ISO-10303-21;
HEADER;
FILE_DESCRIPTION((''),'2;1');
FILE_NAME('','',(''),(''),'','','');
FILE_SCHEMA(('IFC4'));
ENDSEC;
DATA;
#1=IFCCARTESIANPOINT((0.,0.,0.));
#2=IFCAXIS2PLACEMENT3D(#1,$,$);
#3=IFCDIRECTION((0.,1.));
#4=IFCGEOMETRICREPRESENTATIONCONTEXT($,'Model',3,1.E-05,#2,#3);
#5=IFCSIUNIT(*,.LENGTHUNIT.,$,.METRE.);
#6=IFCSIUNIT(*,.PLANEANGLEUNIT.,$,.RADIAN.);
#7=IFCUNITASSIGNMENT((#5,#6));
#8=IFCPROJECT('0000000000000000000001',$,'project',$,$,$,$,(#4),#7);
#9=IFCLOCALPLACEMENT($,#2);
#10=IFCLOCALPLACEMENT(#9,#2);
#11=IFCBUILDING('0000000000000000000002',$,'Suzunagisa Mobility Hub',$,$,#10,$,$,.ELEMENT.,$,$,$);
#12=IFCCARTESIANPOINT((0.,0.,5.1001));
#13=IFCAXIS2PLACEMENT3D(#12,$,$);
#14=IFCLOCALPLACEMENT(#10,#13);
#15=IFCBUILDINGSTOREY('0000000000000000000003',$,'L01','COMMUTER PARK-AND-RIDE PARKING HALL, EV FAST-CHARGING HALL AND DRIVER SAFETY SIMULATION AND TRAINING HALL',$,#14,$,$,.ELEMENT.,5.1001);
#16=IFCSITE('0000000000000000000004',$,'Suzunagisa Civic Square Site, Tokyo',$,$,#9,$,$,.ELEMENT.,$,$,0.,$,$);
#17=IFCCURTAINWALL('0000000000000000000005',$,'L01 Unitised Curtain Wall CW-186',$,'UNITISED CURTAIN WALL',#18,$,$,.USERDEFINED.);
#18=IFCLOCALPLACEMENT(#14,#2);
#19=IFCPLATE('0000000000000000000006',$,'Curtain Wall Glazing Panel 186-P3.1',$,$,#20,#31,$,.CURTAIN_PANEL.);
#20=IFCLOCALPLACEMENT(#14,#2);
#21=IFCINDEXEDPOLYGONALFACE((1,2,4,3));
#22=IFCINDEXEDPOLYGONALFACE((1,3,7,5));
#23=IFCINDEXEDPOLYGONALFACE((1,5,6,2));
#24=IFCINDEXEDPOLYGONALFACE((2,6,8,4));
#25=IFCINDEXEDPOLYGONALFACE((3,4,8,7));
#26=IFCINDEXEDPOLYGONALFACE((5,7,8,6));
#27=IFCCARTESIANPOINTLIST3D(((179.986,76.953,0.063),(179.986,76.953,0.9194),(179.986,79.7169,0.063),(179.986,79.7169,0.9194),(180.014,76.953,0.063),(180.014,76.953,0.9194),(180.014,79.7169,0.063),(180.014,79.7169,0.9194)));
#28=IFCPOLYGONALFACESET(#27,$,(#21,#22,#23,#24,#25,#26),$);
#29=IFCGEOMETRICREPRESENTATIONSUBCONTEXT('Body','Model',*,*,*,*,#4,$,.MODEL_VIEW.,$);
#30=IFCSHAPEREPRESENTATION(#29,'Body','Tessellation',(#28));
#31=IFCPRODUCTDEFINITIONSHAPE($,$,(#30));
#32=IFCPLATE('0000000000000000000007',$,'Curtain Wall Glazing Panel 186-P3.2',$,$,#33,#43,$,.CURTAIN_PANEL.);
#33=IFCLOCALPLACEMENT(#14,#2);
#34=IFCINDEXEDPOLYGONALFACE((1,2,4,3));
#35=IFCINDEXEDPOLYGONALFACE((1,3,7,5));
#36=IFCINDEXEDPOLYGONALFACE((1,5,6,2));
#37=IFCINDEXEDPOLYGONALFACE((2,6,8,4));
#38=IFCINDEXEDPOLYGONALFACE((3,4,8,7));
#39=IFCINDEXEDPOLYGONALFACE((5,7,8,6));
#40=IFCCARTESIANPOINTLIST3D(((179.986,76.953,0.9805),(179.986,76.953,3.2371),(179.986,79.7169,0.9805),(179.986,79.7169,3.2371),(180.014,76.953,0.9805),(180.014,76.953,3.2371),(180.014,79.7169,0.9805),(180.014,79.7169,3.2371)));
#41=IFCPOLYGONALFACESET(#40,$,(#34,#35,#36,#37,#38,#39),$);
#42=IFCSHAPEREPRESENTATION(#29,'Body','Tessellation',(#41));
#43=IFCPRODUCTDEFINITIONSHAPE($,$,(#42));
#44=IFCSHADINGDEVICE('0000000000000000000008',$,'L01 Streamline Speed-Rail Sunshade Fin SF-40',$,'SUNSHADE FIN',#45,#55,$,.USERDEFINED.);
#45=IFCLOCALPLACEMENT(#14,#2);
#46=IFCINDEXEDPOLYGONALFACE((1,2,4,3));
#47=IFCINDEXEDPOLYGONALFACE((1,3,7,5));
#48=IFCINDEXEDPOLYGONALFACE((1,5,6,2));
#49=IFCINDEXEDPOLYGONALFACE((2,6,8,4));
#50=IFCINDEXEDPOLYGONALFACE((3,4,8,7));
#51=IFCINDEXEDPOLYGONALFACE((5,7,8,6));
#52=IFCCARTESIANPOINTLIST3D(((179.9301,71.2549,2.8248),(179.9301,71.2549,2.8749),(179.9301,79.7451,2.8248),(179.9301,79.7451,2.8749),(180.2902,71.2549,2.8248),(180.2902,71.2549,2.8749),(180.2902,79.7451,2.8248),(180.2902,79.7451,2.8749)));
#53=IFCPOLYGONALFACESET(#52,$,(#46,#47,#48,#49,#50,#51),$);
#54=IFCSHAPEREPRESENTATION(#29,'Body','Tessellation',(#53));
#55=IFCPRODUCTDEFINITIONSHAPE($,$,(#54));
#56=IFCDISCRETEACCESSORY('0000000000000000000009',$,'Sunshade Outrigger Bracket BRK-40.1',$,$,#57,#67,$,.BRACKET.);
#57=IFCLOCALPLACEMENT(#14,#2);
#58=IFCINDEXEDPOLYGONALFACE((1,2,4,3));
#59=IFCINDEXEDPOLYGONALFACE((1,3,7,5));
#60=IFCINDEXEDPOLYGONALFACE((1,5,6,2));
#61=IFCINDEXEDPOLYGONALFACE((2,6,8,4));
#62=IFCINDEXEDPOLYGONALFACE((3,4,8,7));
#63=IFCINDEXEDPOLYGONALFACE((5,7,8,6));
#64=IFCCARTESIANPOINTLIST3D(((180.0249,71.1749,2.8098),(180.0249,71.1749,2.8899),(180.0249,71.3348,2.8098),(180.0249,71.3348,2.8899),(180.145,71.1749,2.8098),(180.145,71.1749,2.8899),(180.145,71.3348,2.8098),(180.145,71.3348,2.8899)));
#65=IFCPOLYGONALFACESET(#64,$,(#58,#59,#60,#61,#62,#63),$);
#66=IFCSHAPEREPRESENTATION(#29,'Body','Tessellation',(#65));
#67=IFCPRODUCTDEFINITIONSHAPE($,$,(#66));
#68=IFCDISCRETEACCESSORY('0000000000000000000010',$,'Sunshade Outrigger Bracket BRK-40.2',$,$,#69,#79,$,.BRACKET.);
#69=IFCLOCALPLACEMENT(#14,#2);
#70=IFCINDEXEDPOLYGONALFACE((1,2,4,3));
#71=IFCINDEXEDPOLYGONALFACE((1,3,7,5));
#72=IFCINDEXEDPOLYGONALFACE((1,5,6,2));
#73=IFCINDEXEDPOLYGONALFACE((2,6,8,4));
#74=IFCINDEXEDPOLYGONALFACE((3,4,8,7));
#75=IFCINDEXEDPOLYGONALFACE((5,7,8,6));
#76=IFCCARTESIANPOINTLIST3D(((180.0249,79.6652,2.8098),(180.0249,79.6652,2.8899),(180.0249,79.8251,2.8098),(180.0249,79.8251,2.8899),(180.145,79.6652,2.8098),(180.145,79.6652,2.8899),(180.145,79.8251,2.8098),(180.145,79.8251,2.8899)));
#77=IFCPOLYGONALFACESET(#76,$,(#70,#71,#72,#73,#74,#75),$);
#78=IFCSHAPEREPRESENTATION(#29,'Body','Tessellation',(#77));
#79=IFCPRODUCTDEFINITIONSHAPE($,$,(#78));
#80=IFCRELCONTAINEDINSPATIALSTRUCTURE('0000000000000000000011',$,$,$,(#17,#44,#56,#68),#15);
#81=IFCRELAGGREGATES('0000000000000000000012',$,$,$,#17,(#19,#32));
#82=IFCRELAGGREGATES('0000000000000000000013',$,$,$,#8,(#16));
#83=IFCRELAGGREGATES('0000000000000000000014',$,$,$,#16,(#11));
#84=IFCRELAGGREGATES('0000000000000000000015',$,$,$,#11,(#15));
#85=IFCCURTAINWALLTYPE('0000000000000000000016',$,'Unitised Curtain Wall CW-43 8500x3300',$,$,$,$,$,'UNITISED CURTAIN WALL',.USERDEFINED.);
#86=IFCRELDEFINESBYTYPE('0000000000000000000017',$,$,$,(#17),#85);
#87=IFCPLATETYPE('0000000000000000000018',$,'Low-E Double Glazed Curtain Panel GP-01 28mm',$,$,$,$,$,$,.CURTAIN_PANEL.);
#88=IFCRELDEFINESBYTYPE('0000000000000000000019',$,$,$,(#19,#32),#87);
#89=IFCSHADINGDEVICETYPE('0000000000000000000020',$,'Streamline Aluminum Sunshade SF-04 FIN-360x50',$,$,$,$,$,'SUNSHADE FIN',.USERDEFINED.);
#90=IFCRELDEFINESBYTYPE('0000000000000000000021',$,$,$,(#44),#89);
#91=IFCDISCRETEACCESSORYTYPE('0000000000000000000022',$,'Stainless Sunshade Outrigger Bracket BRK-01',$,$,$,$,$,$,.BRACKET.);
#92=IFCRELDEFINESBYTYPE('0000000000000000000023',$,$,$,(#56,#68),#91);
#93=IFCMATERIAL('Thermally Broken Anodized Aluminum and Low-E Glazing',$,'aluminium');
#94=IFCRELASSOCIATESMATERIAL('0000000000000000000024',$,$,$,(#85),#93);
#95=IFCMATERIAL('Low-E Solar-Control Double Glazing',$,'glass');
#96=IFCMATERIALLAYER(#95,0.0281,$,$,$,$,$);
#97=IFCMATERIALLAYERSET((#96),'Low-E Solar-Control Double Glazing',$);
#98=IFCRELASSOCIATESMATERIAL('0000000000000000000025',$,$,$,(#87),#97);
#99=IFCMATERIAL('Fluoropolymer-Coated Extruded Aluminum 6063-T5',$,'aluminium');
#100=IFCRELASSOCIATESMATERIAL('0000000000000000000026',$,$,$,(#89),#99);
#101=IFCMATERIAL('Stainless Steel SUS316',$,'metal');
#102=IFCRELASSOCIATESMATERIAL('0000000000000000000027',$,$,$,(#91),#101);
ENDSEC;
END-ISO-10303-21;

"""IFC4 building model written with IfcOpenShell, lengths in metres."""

from ifc_helpers import new_model, si_unit, direction, frame, origin, origin_2d, place, context, subcontext, project, spatial, rectangle, extrude, material, layer, layer_set, material_profile, profile_set, type_object, element, aggregate, save


model = new_model("IFC4")

# Units and contexts
model_context = context("Model", 3, precision=1e-05, world=origin(), true_north=direction((0.0, 1.0)))
body_context = subcontext(model_context, "Body", "Model", "MODEL_VIEW")
ifc_project = project(units=[si_unit("LENGTHUNIT", "METRE"), si_unit("PLANEANGLEUNIT", "RADIAN")], contexts=[model_context])

# Site, building, storey
site_placement = place(None, origin())
site = spatial("IfcSite", under=ifc_project, at=site_placement, Name="Suzunagisa Civic Square Site, Tokyo", CompositionType="ELEMENT", RefElevation=0.0)
building_placement = place(site_placement, origin())
building = spatial("IfcBuilding", under=site, at=building_placement, Name="Suzunagisa Mobility Hub", CompositionType="ELEMENT")
storey_placement = place(building_placement, frame((0.0, 0.0, 5.1001)))
storey = spatial("IfcBuildingStorey", under=building, at=storey_placement, Name="L01", Description="COMMUTER PARK-AND-RIDE PARKING HALL, EV FAST-CHARGING HALL AND DRIVER SAFETY SIMULATION AND TRAINING HALL", CompositionType="ELEMENT", Elevation=5.1001)

# Curtain wall
ifc_material_1 = material(Name="Thermally Broken Anodized Aluminum and Low-E Glazing", Category="aluminium")
curtain_wall_type = type_object("IfcCurtainWallType", Name="Unitised Curtain Wall CW-43 8500x3300", ElementType="UNITISED CURTAIN WALL", PredefinedType="USERDEFINED", material=ifc_material_1)
curtain_wall_placement = place(storey_placement, origin())
curtain_wall = element("IfcCurtainWall", 1, at=curtain_wall_placement, inside=storey, type_object=curtain_wall_type, Name="L01 Unitised Curtain Wall CW-186", ObjectType="UNITISED CURTAIN WALL", PredefinedType="USERDEFINED")

# Plates
ifc_material_2 = material(Name="Low-E Solar-Control Double Glazing", Category="glass")
ifc_layer = layer(ifc_material_2, 0.0281)
ifc_layer_set = layer_set([ifc_layer], Name="Low-E Solar-Control Double Glazing")
plate_type = type_object("IfcPlateType", Name="Low-E Double Glazed Curtain Panel GP-01 28mm", PredefinedType="CURTAIN_PANEL", material=ifc_layer_set)
plate_1_placement = place(storey_placement, frame((180.0, 78.335, 0.063), z_axis=(0.0, 0.0, 1.0), x_axis=(0.0, 1.0, 0.0)))
plate_1 = element("IfcPlate", 2, at=plate_1_placement, type_object=plate_type, Name="Curtain Wall Glazing Panel 186-P3.1", PredefinedType="CURTAIN_PANEL", context=body_context, shape_type="SweptSolid", body=[
    extrude(rectangle(XDim=2.7639, YDim=0.0281, at=origin_2d()), origin(), (0.0, 0.0, 1.0), 0.8564),
])
plate_2_placement = place(storey_placement, frame((180.0, 78.335, 0.9805), z_axis=(0.0, 0.0, 1.0), x_axis=(0.0, 1.0, 0.0)))
plate_2 = element("IfcPlate", 3, at=plate_2_placement, type_object=plate_type, Name="Curtain Wall Glazing Panel 186-P3.2", PredefinedType="CURTAIN_PANEL", context=body_context, shape_type="SweptSolid", body=[
    extrude(rectangle(XDim=2.7639, YDim=0.0281, at=origin_2d()), origin(), (0.0, 0.0, 1.0), 2.2566),
])
aggregate(curtain_wall, [plate_1, plate_2])

# Shading device
ifc_material_3 = material(Name="Fluoropolymer-Coated Extruded Aluminum 6063-T5", Category="aluminium")
ifc_material_profile_1 = material_profile(ifc_material_3, rectangle(XDim=0.3601, YDim=0.05, at=origin_2d()), Name="FIN-360x50")
ifc_profile_set_1 = profile_set([ifc_material_profile_1], Name="Fluoropolymer-Coated Extruded Aluminum 6063-T5")
shading_device_type = type_object("IfcShadingDeviceType", Name="Streamline Aluminum Sunshade SF-04 FIN-360x50", ElementType="SUNSHADE FIN", PredefinedType="USERDEFINED", material=ifc_profile_set_1)
shading_device_placement = place(storey_placement, frame((180.1101, 71.2549, 2.8499), z_axis=(0.0, 1.0, 0.0), x_axis=(-1.0, 0.0, 0.0)))
element("IfcShadingDevice", 4, at=shading_device_placement, inside=storey, type_object=shading_device_type, Name="L01 Streamline Speed-Rail Sunshade Fin SF-40", ObjectType="SUNSHADE FIN", PredefinedType="USERDEFINED", context=body_context, shape_type="SweptSolid", body=[
    extrude(rectangle(XDim=0.3601, YDim=0.05, at=origin_2d()), origin(), (0.0, 0.0, 1.0), 8.4902),
])

# Discrete accessories
ifc_material_4 = material(Name="Stainless Steel SUS316", Category="metal")
discrete_accessory_type = type_object("IfcDiscreteAccessoryType", Name="Stainless Sunshade Outrigger Bracket BRK-01", PredefinedType="BRACKET", material=ifc_material_4)
for number, where, z_axis, x_axis, name in (
    (5, (180.085, 71.2549, 2.8098), (0.0, 0.0, 1.0), (0.0, 1.0, 0.0), "Sunshade Outrigger Bracket BRK-40.1"),
    (6, (180.085, 79.7451, 2.8098), (0.0, 0.0, 1.0), (0.0, 1.0, 0.0), "Sunshade Outrigger Bracket BRK-40.2"),
):
    element("IfcDiscreteAccessory", number, at=place(storey_placement, frame(where, z_axis=z_axis, x_axis=x_axis)), inside=storey, type_object=discrete_accessory_type, Name=name, PredefinedType="BRACKET", context=body_context, shape_type="SweptSolid", body=[
        extrude(rectangle(XDim=0.1599, YDim=0.1201, at=origin_2d()), origin(), (0.0, 0.0, 1.0), 0.0801),
    ])

save(model, "model.ifc")
